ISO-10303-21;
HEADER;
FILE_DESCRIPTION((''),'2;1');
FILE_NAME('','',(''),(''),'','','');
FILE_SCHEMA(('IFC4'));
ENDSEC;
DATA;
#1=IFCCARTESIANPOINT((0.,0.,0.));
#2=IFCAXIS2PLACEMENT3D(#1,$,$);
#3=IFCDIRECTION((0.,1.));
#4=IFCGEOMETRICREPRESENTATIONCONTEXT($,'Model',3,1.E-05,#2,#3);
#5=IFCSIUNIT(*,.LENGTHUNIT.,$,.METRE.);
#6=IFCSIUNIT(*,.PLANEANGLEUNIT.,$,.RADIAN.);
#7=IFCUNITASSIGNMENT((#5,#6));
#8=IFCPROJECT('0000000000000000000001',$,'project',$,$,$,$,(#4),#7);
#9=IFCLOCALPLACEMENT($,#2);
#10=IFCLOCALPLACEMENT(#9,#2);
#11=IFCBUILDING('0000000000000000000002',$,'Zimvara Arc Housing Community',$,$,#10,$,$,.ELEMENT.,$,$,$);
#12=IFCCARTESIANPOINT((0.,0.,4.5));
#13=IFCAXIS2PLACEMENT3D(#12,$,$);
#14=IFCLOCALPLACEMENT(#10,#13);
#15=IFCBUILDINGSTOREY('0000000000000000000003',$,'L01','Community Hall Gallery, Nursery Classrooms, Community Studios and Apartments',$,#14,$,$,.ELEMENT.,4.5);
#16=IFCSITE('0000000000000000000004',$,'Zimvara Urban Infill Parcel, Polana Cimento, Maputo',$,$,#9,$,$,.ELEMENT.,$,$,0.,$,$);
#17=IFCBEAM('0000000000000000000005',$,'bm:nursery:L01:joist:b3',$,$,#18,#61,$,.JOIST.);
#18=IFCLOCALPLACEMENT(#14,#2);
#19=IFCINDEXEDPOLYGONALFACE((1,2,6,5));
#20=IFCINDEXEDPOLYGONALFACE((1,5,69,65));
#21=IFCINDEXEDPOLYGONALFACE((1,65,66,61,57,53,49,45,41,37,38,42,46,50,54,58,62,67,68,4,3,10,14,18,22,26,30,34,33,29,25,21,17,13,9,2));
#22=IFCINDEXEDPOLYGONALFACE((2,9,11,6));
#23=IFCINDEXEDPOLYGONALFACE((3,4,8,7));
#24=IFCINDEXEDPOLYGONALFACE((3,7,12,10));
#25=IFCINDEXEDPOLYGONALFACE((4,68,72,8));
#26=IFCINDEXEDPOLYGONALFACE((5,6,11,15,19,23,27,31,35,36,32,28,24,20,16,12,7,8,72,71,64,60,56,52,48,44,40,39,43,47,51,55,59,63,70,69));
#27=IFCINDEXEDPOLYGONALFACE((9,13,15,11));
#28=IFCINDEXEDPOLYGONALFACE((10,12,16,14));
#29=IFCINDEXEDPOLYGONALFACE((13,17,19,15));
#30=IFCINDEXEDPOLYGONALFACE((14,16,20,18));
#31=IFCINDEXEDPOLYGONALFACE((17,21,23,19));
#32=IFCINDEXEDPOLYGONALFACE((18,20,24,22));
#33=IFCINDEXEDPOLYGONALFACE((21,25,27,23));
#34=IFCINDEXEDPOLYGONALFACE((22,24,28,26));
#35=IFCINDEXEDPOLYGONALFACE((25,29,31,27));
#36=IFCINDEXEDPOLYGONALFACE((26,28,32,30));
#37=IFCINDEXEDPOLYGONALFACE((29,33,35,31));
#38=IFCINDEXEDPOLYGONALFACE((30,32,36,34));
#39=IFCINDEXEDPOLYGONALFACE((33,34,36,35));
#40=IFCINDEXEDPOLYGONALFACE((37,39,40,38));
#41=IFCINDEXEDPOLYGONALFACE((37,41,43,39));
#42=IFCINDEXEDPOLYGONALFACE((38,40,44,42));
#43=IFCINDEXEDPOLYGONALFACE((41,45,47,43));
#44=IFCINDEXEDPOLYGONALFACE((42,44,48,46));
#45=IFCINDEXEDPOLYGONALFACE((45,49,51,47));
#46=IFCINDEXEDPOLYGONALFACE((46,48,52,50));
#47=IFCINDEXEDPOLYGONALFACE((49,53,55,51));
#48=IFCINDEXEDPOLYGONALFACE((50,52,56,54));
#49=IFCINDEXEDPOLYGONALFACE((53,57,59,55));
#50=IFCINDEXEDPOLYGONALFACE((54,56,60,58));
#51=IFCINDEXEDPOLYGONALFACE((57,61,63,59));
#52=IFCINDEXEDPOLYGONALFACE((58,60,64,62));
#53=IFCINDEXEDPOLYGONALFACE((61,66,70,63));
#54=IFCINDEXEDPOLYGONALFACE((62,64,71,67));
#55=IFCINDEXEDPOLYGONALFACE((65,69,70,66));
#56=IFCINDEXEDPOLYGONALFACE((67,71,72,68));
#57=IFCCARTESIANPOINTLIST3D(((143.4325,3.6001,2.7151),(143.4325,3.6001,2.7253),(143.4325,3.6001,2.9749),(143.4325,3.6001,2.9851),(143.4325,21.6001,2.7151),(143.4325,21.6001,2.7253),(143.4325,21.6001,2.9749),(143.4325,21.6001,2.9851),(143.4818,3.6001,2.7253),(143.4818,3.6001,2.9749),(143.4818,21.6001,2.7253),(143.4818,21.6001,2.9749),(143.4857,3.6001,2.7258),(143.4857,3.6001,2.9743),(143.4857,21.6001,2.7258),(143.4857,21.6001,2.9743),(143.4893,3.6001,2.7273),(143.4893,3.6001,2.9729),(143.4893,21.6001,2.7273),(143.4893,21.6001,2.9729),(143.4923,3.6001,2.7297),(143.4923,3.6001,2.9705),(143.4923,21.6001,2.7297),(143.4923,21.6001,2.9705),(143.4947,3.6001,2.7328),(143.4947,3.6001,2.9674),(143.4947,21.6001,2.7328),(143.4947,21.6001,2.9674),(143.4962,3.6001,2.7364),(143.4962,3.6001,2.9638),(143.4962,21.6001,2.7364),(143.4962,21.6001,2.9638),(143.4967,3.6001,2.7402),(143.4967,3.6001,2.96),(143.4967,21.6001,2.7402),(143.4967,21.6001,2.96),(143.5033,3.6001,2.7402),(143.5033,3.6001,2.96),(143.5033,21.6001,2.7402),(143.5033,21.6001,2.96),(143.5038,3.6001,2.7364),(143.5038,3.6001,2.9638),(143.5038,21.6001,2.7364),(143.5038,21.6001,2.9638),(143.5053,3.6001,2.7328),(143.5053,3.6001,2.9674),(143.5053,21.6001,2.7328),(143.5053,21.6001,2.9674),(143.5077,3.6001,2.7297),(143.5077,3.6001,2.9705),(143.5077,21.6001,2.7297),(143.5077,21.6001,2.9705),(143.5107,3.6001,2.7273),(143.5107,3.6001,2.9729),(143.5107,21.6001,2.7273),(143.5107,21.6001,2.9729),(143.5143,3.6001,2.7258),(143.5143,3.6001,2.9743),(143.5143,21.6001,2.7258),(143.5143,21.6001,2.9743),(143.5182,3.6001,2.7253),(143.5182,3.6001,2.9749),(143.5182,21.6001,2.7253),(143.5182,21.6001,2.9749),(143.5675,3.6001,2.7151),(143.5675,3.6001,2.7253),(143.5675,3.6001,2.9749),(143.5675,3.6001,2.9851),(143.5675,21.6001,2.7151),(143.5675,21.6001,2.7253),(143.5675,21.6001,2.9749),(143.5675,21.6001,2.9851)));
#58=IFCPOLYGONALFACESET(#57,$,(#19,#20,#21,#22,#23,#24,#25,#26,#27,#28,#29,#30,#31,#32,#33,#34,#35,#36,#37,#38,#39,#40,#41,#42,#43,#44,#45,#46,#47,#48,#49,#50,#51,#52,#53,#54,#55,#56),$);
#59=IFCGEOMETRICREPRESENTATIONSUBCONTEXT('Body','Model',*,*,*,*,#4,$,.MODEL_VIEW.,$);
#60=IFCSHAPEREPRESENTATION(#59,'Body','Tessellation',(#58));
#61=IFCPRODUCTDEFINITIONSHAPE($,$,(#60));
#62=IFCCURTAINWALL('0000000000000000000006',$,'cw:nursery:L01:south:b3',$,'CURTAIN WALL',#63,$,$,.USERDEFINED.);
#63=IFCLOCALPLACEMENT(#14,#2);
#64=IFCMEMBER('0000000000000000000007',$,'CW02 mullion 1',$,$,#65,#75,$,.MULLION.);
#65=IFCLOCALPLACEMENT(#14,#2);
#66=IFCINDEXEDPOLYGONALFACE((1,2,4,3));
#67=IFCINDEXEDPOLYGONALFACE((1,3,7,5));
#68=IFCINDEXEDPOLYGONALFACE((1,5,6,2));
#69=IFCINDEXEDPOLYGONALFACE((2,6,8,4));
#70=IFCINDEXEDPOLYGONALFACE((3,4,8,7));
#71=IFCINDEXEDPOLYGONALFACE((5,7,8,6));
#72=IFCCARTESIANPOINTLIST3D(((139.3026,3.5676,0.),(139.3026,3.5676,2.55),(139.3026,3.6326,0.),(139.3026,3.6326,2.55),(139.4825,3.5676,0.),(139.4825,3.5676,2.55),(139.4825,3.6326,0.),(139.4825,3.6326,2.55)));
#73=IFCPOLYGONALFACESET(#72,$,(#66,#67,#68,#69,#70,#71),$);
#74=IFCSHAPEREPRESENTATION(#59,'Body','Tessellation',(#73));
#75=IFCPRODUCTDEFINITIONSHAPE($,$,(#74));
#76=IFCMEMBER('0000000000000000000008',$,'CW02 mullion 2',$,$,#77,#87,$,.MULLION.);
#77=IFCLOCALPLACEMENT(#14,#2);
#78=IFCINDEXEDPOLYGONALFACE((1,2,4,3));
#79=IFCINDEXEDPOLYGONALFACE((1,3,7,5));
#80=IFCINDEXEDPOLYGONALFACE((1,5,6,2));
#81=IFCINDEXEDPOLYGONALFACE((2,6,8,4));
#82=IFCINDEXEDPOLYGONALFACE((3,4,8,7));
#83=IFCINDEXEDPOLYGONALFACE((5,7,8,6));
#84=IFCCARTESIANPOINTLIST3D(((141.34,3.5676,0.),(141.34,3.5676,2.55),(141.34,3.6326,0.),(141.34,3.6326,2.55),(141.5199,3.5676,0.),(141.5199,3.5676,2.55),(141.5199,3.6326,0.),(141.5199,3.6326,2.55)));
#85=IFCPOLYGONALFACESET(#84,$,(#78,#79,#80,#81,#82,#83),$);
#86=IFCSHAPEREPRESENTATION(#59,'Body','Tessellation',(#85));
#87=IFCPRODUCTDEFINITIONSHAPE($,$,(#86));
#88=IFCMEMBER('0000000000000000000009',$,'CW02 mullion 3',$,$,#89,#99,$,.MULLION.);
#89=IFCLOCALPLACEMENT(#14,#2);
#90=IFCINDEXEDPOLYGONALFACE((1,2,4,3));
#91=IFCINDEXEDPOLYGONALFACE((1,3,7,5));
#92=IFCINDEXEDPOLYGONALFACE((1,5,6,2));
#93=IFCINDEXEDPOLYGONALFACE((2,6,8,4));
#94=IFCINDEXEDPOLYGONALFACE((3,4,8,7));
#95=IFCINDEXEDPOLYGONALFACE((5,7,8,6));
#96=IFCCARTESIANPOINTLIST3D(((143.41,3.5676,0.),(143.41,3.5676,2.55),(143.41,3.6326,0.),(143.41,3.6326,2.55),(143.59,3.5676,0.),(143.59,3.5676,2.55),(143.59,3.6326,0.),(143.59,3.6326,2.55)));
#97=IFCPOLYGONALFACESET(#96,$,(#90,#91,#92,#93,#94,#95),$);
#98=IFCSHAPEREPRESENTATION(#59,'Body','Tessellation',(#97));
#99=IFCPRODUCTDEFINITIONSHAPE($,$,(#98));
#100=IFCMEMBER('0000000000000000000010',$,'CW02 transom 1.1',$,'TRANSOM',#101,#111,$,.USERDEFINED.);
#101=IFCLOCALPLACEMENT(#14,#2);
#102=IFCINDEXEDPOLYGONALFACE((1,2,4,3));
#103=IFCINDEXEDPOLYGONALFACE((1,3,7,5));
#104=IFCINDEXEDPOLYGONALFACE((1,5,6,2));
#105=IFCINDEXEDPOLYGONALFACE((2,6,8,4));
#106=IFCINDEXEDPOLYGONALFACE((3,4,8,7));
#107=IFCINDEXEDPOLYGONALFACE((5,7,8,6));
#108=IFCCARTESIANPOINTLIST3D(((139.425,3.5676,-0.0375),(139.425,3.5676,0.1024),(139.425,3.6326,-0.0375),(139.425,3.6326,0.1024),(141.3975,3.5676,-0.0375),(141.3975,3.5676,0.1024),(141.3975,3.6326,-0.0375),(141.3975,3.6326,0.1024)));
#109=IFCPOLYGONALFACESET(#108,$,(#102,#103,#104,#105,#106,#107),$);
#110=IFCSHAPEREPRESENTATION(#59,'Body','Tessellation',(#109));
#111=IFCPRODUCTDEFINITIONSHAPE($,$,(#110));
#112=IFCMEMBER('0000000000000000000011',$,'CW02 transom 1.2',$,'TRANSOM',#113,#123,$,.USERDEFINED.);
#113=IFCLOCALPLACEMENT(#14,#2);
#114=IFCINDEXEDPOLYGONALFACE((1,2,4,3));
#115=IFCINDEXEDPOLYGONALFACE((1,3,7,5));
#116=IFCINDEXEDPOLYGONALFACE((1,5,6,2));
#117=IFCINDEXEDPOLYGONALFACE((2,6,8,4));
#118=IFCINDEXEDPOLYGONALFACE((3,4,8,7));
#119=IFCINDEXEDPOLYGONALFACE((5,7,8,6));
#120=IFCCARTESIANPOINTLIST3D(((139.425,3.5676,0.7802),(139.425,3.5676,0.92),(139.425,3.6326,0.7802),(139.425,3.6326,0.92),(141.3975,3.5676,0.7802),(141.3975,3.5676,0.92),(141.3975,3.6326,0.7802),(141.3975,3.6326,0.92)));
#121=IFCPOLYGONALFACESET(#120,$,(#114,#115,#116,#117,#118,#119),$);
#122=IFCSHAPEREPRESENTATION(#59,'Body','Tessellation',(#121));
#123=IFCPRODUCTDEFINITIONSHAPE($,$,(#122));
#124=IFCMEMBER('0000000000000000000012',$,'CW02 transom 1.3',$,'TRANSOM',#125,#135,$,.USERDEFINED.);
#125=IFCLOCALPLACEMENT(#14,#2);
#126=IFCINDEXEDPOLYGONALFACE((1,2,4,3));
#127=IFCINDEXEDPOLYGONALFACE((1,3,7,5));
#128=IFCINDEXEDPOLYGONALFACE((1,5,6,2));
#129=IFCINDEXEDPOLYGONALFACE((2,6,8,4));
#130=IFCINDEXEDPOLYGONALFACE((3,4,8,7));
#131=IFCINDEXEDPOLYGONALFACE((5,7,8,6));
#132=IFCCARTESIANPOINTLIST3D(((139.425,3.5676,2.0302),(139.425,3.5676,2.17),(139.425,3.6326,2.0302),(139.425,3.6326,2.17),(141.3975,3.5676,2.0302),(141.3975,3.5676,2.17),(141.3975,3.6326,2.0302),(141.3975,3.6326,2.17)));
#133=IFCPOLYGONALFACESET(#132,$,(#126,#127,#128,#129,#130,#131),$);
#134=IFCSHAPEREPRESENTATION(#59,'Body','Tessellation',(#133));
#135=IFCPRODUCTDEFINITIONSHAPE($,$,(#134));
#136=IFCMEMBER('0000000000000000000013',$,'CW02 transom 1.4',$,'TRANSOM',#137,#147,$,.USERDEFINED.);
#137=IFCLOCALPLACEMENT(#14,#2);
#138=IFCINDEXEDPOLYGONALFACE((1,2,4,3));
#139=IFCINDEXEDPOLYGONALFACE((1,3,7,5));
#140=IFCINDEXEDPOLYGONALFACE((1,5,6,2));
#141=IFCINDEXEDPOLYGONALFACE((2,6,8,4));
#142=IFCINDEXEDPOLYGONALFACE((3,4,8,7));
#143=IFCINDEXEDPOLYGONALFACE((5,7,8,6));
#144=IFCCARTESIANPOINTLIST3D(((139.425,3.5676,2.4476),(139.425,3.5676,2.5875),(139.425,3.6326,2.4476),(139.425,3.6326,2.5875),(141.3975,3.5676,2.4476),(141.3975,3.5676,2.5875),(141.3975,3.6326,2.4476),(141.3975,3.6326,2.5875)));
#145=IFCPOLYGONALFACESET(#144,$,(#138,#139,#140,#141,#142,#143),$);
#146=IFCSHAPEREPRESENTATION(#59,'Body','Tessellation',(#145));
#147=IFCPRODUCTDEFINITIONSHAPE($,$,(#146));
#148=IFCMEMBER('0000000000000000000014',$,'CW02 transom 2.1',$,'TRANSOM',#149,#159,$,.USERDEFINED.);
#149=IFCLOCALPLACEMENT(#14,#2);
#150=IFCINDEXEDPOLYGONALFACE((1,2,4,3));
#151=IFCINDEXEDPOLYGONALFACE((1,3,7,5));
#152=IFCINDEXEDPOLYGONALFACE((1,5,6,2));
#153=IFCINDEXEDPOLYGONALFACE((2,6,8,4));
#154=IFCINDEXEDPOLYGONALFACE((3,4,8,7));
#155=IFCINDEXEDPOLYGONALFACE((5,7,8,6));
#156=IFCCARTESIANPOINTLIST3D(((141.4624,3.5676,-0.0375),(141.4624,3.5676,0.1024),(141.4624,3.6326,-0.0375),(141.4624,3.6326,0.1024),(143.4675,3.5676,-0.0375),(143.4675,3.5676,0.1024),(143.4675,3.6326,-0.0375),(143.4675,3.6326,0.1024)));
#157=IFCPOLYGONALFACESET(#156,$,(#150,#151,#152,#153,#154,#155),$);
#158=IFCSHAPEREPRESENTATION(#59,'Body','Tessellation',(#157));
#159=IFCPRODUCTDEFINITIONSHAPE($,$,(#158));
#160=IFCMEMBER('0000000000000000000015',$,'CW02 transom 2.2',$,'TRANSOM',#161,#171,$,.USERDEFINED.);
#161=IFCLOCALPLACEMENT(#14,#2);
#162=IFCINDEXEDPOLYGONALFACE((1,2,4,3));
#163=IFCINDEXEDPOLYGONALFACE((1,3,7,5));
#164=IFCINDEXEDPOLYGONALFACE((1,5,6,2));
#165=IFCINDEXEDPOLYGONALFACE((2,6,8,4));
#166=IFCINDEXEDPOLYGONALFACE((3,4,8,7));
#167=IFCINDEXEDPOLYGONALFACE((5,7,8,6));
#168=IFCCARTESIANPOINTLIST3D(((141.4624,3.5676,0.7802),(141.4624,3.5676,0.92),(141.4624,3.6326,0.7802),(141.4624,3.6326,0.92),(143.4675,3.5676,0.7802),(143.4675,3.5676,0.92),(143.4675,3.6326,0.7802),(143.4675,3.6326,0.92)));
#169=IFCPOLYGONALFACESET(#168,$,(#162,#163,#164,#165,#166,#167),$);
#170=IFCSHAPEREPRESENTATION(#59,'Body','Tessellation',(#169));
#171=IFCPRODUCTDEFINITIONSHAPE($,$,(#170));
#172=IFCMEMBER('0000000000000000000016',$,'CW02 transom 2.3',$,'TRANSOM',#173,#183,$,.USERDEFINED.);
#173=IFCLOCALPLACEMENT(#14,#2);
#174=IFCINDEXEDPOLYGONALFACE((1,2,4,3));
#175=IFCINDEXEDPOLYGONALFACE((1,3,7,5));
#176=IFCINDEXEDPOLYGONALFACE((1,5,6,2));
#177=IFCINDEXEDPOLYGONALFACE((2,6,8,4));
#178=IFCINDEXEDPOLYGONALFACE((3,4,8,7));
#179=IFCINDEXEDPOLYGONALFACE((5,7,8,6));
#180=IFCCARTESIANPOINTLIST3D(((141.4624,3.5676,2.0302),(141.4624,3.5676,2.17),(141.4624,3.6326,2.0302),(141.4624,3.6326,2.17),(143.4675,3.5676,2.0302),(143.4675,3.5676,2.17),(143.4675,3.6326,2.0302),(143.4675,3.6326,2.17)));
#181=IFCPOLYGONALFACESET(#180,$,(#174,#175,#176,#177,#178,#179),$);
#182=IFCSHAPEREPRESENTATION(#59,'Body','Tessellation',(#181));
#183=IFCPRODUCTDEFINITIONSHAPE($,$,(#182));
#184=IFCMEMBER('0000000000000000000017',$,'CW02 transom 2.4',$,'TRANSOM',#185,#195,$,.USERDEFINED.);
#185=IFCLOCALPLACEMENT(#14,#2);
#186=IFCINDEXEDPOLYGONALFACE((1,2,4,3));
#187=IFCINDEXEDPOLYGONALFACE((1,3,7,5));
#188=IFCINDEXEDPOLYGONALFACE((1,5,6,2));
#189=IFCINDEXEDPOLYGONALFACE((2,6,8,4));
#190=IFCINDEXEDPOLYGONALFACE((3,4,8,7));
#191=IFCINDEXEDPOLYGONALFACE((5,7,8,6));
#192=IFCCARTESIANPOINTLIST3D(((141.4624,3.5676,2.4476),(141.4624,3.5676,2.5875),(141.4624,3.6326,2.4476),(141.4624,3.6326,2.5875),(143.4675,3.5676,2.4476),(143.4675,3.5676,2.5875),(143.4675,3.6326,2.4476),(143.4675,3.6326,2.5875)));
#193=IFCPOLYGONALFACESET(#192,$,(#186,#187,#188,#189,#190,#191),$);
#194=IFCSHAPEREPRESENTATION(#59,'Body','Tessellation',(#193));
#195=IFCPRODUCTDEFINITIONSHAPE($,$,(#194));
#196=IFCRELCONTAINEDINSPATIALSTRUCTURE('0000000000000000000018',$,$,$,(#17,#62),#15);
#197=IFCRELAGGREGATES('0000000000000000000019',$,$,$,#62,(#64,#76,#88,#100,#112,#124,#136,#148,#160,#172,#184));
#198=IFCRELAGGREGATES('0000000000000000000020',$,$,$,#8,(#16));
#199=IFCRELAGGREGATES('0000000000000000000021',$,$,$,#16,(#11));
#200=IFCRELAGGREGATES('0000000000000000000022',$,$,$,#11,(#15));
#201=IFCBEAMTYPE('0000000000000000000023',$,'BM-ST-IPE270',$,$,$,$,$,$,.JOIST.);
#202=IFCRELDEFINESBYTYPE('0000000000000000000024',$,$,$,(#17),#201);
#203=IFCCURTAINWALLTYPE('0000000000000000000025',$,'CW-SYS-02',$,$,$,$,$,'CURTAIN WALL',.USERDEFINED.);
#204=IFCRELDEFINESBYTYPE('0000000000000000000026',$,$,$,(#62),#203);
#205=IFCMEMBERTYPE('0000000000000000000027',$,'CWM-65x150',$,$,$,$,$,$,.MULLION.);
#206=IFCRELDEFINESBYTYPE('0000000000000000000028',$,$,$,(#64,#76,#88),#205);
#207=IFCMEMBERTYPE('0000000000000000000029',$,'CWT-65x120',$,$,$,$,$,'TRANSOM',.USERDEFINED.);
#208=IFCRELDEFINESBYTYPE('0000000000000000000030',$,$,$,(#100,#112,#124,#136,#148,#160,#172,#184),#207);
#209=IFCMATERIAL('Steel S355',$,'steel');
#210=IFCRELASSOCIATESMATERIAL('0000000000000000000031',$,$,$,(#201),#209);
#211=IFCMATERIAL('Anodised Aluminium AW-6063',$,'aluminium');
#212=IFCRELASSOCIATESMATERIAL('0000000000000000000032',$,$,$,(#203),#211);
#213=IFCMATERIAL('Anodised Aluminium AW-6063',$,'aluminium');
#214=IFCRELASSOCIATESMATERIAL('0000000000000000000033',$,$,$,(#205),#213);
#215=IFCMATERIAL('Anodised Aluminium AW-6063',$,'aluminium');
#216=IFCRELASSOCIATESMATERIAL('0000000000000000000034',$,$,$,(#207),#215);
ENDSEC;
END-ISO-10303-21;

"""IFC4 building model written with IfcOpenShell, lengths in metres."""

from ifc_helpers import new_model, si_unit, direction, frame, origin, origin_2d, place, context, subcontext, project, spatial, rectangle, i_section, extrude, material, material_profile, profile_set, type_object, element, aggregate, save


model = new_model("IFC4")

# Units and contexts
model_context = context("Model", 3, precision=1e-05, world=origin(), true_north=direction((0.0, 1.0)))
body_context = subcontext(model_context, "Body", "Model", "MODEL_VIEW")
ifc_project = project(units=[si_unit("LENGTHUNIT", "METRE"), si_unit("PLANEANGLEUNIT", "RADIAN")], contexts=[model_context])

# Site, building, storey
site_placement = place(None, origin())
site = spatial("IfcSite", under=ifc_project, at=site_placement, Name="Zimvara Urban Infill Parcel, Polana Cimento, Maputo", CompositionType="ELEMENT", RefElevation=0.0)
building_placement = place(site_placement, origin())
building = spatial("IfcBuilding", under=site, at=building_placement, Name="Zimvara Arc Housing Community", CompositionType="ELEMENT")
storey_placement = place(building_placement, frame((0.0, 0.0, 4.5)))
storey = spatial("IfcBuildingStorey", under=building, at=storey_placement, Name="L01", Description="Community Hall Gallery, Nursery Classrooms, Community Studios and Apartments", CompositionType="ELEMENT", Elevation=4.5)

# Beam
ifc_material_1 = material(Name="Steel S355", Category="steel")
ifc_material_profile_1 = material_profile(ifc_material_1, i_section(OverallWidth=0.135, OverallDepth=0.27, WebThickness=0.0066, FlangeThickness=0.0103, FilletRadius=0.0149, at=origin_2d()), Name="IPE 270")
ifc_profile_set_1 = profile_set([ifc_material_profile_1], Name="Steel S355")
beam_type = type_object("IfcBeamType", Name="BM-ST-IPE270", PredefinedType="JOIST", material=ifc_profile_set_1)
beam_placement = place(storey_placement, frame((143.5, 3.6001, 2.8501), z_axis=(0.0, 1.0, 0.0), x_axis=(-1.0, 0.0, 0.0)))
element("IfcBeam", 1, at=beam_placement, inside=storey, type_object=beam_type, Name="bm:nursery:L01:joist:b3", PredefinedType="JOIST", context=body_context, shape_type="SweptSolid", body=[
    extrude(i_section(OverallWidth=0.135, OverallDepth=0.27, WebThickness=0.0066, FlangeThickness=0.0103, FilletRadius=0.0149, at=origin_2d()), origin(), (0.0, 0.0, 1.0), 18.0),
])

# Curtain wall, members
ifc_material_2 = material(Name="Anodised Aluminium AW-6063", Category="aluminium")
curtain_wall_type = type_object("IfcCurtainWallType", Name="CW-SYS-02", ElementType="CURTAIN WALL", PredefinedType="USERDEFINED", material=ifc_material_2)
curtain_wall_placement = place(storey_placement, origin())
curtain_wall = element("IfcCurtainWall", 2, at=curtain_wall_placement, inside=storey, type_object=curtain_wall_type, Name="cw:nursery:L01:south:b3", ObjectType="CURTAIN WALL", PredefinedType="USERDEFINED")
ifc_material_3 = material(Name="Anodised Aluminium AW-6063", Category="aluminium")
ifc_material_profile_2 = material_profile(ifc_material_3, rectangle(XDim=0.0649, YDim=0.1799, at=origin_2d()), Name="ALU 65x180")
ifc_profile_set_2 = profile_set([ifc_material_profile_2], Name="Anodised Aluminium AW-6063")
member_type_1 = type_object("IfcMemberType", Name="CWM-65x150", PredefinedType="MULLION", material=ifc_profile_set_2)
member_1_placement = place(storey_placement, frame((139.3926, 3.6001, 0.0), z_axis=(0.0, 0.0, 1.0), x_axis=(0.0, 1.0, 0.0)))
member_1 = element("IfcMember", 3, at=member_1_placement, type_object=member_type_1, Name="CW02 mullion 1", PredefinedType="MULLION", context=body_context, shape_type="SweptSolid", body=[
    extrude(rectangle(XDim=0.0649, YDim=0.1799, at=origin_2d()), origin(), (0.0, 0.0, 1.0), 2.55),
])
member_2_placement = place(storey_placement, frame((141.4299, 3.6001, 0.0), z_axis=(0.0, 0.0, 1.0), x_axis=(0.0, 1.0, 0.0)))
member_2 = element("IfcMember", 4, at=member_2_placement, type_object=member_type_1, Name="CW02 mullion 2", PredefinedType="MULLION", context=body_context, shape_type="SweptSolid", body=[
    extrude(rectangle(XDim=0.0649, YDim=0.1799, at=origin_2d()), origin(), (0.0, 0.0, 1.0), 2.55),
])
member_3_placement = place(storey_placement, frame((143.5, 3.6001, 0.0), z_axis=(0.0, 0.0, 1.0), x_axis=(0.0, 1.0, 0.0)))
member_3 = element("IfcMember", 5, at=member_3_placement, type_object=member_type_1, Name="CW02 mullion 3", PredefinedType="MULLION", context=body_context, shape_type="SweptSolid", body=[
    extrude(rectangle(XDim=0.0649, YDim=0.1799, at=origin_2d()), origin(), (0.0, 0.0, 1.0), 2.55),
])
ifc_material_4 = material(Name="Anodised Aluminium AW-6063", Category="aluminium")
ifc_material_profile_3 = material_profile(ifc_material_4, rectangle(XDim=0.0649, YDim=0.1399, at=origin_2d()), Name="ALU 65x140")
ifc_profile_set_3 = profile_set([ifc_material_profile_3], Name="Anodised Aluminium AW-6063")
member_type_2 = type_object("IfcMemberType", Name="CWT-65x120", ElementType="TRANSOM", PredefinedType="USERDEFINED", material=ifc_profile_set_3)
member_4_placement = place(storey_placement, frame((139.425, 3.6001, 0.0325), z_axis=(1.0, 0.0, 0.0), x_axis=(0.0, 1.0, 0.0)))
member_4 = element("IfcMember", 6, at=member_4_placement, type_object=member_type_2, Name="CW02 transom 1.1", ObjectType="TRANSOM", PredefinedType="USERDEFINED", context=body_context, shape_type="SweptSolid", body=[
    extrude(rectangle(XDim=0.0649, YDim=0.1399, at=origin_2d()), origin(), (0.0, 0.0, 1.0), 1.9724),
])
member_5_placement = place(storey_placement, frame((139.425, 3.6001, 0.8501), z_axis=(1.0, 0.0, 0.0), x_axis=(0.0, 1.0, 0.0)))
member_5 = element("IfcMember", 7, at=member_5_placement, type_object=member_type_2, Name="CW02 transom 1.2", ObjectType="TRANSOM", PredefinedType="USERDEFINED", context=body_context, shape_type="SweptSolid", body=[
    extrude(rectangle(XDim=0.0649, YDim=0.1399, at=origin_2d()), origin(), (0.0, 0.0, 1.0), 1.9724),
])
member_6_placement = place(storey_placement, frame((139.425, 3.6001, 2.1001), z_axis=(1.0, 0.0, 0.0), x_axis=(0.0, 1.0, 0.0)))
member_6 = element("IfcMember", 8, at=member_6_placement, type_object=member_type_2, Name="CW02 transom 1.3", ObjectType="TRANSOM", PredefinedType="USERDEFINED", context=body_context, shape_type="SweptSolid", body=[
    extrude(rectangle(XDim=0.0649, YDim=0.1399, at=origin_2d()), origin(), (0.0, 0.0, 1.0), 1.9724),
])
member_7_placement = place(storey_placement, frame((139.425, 3.6001, 2.5176), z_axis=(1.0, 0.0, 0.0), x_axis=(0.0, 1.0, 0.0)))
member_7 = element("IfcMember", 9, at=member_7_placement, type_object=member_type_2, Name="CW02 transom 1.4", ObjectType="TRANSOM", PredefinedType="USERDEFINED", context=body_context, shape_type="SweptSolid", body=[
    extrude(rectangle(XDim=0.0649, YDim=0.1399, at=origin_2d()), origin(), (0.0, 0.0, 1.0), 1.9724),
])
member_8_placement = place(storey_placement, frame((141.4624, 3.6001, 0.0325), z_axis=(1.0, 0.0, 0.0), x_axis=(0.0, 1.0, 0.0)))
member_8 = element("IfcMember", 10, at=member_8_placement, type_object=member_type_2, Name="CW02 transom 2.1", ObjectType="TRANSOM", PredefinedType="USERDEFINED", context=body_context, shape_type="SweptSolid", body=[
    extrude(rectangle(XDim=0.0649, YDim=0.1399, at=origin_2d()), origin(), (0.0, 0.0, 1.0), 2.0051),
])
member_9_placement = place(storey_placement, frame((141.4624, 3.6001, 0.8501), z_axis=(1.0, 0.0, 0.0), x_axis=(0.0, 1.0, 0.0)))
member_9 = element("IfcMember", 11, at=member_9_placement, type_object=member_type_2, Name="CW02 transom 2.2", ObjectType="TRANSOM", PredefinedType="USERDEFINED", context=body_context, shape_type="SweptSolid", body=[
    extrude(rectangle(XDim=0.0649, YDim=0.1399, at=origin_2d()), origin(), (0.0, 0.0, 1.0), 2.0051),
])
member_10_placement = place(storey_placement, frame((141.4624, 3.6001, 2.1001), z_axis=(1.0, 0.0, 0.0), x_axis=(0.0, 1.0, 0.0)))
member_10 = element("IfcMember", 12, at=member_10_placement, type_object=member_type_2, Name="CW02 transom 2.3", ObjectType="TRANSOM", PredefinedType="USERDEFINED", context=body_context, shape_type="SweptSolid", body=[
    extrude(rectangle(XDim=0.0649, YDim=0.1399, at=origin_2d()), origin(), (0.0, 0.0, 1.0), 2.0051),
])
member_11_placement = place(storey_placement, frame((141.4624, 3.6001, 2.5176), z_axis=(1.0, 0.0, 0.0), x_axis=(0.0, 1.0, 0.0)))
member_11 = element("IfcMember", 13, at=member_11_placement, type_object=member_type_2, Name="CW02 transom 2.4", ObjectType="TRANSOM", PredefinedType="USERDEFINED", context=body_context, shape_type="SweptSolid", body=[
    extrude(rectangle(XDim=0.0649, YDim=0.1399, at=origin_2d()), origin(), (0.0, 0.0, 1.0), 2.0051),
])
aggregate(curtain_wall, [member_1, member_2, member_3, member_4, member_5, member_6, member_7, member_8, member_9, member_10, member_11])

save(model, "model.ifc")
